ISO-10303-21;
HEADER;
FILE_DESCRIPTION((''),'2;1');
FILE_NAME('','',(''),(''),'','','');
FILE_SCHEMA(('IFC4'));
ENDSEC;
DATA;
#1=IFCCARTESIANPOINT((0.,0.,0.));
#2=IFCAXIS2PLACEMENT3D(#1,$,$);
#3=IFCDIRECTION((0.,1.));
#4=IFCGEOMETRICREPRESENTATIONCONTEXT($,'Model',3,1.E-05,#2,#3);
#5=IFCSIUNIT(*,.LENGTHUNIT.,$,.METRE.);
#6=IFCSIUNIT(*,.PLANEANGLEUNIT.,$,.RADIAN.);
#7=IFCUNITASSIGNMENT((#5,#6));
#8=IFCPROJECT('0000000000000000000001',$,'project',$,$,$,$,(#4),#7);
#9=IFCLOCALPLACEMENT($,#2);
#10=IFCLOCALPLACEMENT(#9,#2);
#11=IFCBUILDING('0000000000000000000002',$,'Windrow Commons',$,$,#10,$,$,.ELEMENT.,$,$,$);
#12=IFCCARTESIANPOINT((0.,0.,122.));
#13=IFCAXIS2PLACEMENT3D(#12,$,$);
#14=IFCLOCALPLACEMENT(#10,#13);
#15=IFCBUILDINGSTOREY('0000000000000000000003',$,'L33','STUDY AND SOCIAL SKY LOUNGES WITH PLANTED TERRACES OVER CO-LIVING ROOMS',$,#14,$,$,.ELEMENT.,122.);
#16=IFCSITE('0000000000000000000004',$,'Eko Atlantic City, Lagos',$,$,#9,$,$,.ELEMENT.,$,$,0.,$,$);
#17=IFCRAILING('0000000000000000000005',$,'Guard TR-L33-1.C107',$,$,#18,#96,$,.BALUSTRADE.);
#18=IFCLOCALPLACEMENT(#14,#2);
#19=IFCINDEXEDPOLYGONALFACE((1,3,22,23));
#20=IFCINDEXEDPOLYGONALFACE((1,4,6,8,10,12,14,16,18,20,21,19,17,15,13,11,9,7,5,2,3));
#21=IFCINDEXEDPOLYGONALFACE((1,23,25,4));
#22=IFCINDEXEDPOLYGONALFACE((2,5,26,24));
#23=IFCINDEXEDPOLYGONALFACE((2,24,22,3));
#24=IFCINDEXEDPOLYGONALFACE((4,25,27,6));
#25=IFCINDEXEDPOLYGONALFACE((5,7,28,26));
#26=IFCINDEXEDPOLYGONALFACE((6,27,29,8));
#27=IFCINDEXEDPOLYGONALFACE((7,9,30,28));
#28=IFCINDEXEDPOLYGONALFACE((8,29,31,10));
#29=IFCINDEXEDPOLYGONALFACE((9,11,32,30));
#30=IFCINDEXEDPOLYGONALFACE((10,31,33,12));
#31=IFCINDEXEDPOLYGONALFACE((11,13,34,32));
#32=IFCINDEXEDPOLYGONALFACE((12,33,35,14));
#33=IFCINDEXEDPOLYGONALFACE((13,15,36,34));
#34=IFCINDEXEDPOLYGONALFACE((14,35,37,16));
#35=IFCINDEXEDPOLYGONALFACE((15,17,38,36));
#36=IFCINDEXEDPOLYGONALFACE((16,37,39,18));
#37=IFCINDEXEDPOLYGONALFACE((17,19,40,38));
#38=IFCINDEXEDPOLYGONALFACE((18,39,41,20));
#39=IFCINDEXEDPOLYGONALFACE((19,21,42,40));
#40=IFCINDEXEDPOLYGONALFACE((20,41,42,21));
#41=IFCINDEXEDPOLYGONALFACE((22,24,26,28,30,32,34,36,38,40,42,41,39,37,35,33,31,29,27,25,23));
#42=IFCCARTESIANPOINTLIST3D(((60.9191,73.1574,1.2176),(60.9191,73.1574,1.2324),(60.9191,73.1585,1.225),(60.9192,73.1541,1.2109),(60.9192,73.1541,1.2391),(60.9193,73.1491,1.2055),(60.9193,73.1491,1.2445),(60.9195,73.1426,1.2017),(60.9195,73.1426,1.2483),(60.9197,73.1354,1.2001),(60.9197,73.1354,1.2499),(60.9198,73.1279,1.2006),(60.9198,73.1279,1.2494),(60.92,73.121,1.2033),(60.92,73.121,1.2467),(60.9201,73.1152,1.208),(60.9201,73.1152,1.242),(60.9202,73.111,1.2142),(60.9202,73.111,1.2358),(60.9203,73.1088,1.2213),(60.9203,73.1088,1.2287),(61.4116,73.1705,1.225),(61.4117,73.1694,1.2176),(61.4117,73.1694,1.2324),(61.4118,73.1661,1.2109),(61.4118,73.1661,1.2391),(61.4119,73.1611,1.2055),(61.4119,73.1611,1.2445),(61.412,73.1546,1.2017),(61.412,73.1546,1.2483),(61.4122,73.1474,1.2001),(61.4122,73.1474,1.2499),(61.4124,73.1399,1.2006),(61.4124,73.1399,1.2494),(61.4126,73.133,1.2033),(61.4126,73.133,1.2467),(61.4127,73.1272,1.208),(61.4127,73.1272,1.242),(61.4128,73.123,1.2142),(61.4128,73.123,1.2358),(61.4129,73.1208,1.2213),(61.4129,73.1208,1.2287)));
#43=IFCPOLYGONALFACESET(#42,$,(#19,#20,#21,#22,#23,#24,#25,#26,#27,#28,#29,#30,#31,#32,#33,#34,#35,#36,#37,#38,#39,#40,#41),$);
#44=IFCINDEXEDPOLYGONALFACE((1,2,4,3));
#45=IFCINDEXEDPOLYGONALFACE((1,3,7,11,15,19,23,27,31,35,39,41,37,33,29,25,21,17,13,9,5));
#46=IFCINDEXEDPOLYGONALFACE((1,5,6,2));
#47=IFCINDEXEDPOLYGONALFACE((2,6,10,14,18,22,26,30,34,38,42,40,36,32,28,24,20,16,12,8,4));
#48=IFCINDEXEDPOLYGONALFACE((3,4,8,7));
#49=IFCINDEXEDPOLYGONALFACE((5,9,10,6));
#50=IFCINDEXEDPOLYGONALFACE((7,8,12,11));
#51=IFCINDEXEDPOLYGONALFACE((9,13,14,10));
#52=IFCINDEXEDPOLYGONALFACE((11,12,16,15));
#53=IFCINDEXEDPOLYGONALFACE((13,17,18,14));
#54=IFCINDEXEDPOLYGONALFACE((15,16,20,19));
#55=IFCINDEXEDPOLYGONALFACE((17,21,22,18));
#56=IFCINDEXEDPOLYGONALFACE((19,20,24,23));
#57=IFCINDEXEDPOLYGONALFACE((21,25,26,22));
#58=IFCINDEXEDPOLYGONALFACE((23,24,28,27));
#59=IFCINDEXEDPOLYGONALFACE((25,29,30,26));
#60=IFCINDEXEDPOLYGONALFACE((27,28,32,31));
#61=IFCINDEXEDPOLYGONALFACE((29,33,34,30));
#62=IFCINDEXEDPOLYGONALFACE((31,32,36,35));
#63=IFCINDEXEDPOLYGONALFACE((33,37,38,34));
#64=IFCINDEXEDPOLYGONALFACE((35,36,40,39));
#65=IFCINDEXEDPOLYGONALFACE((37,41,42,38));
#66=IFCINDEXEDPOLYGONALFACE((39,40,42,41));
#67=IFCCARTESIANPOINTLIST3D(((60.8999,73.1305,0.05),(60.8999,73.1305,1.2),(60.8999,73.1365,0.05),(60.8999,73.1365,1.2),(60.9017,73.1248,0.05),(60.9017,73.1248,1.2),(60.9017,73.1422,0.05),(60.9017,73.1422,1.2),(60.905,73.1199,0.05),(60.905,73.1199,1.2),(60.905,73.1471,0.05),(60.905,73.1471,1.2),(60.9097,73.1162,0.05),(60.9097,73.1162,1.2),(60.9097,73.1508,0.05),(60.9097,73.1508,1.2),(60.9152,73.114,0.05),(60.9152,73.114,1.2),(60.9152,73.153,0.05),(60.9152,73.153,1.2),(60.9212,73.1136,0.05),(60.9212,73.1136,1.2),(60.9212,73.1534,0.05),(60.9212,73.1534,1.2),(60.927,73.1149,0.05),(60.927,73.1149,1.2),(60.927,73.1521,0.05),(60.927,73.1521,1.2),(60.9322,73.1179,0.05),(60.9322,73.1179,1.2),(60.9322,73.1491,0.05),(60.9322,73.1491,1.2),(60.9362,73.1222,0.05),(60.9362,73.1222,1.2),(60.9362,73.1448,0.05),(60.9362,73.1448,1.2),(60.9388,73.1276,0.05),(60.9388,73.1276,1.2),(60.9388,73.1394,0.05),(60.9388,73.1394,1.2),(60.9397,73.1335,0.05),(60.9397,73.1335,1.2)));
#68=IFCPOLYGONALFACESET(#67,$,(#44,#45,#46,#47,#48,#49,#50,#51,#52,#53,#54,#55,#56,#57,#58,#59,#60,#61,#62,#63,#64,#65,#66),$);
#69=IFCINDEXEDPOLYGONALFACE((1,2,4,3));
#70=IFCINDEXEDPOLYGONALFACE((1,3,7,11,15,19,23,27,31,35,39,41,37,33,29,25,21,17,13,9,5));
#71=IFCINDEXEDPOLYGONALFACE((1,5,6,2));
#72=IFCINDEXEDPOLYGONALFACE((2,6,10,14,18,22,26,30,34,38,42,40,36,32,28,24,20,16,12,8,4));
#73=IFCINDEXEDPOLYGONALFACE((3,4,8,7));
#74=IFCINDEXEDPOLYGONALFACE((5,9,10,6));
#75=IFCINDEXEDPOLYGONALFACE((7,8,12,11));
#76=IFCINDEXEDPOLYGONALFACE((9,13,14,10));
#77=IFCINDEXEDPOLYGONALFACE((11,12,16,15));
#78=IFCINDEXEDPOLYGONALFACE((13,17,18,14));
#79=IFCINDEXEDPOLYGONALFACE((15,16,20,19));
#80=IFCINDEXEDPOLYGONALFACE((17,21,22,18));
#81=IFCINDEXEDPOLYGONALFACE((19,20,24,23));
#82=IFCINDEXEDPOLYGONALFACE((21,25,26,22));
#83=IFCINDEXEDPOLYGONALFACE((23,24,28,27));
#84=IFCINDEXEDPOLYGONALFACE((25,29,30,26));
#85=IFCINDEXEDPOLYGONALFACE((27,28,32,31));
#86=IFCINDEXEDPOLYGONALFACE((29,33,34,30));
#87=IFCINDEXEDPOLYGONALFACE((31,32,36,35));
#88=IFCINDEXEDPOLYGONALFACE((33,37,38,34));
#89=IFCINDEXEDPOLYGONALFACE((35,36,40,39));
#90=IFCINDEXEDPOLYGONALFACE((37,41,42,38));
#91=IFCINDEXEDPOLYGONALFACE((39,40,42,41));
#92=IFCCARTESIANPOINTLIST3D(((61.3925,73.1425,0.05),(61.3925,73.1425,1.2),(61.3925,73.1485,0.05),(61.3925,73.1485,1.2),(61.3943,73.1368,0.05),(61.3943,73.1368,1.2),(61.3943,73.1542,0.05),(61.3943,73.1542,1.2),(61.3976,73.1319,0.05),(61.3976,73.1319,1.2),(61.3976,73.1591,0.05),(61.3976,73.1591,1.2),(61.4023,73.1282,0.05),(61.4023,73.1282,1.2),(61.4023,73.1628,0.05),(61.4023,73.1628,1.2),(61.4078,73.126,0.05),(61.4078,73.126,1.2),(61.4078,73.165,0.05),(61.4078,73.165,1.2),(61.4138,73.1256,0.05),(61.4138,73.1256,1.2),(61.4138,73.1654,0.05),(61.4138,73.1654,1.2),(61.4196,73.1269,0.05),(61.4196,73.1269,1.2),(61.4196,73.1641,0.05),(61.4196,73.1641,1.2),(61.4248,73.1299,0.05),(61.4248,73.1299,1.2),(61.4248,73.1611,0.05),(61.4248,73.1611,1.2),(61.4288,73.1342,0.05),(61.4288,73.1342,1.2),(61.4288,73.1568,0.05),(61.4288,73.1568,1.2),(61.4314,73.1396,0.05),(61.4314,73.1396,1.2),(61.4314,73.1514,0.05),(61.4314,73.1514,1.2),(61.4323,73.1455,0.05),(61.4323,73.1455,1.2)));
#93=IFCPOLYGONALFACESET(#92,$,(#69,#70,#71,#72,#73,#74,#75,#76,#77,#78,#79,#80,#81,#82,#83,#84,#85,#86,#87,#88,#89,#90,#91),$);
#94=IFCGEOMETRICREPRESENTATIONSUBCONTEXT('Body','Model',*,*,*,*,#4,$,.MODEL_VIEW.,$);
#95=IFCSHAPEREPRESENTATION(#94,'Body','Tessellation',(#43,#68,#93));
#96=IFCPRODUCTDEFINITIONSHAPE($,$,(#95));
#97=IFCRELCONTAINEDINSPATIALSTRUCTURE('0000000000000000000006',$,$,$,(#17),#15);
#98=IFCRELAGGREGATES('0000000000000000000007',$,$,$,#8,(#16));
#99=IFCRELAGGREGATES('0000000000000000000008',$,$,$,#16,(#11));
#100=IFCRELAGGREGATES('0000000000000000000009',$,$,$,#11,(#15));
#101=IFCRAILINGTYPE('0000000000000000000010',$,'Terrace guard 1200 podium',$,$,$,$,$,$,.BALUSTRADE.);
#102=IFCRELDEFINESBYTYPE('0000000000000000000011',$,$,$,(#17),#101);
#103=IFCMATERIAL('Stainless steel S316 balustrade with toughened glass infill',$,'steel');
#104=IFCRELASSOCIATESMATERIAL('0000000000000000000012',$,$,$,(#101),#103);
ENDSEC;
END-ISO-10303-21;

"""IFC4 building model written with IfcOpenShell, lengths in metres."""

from ifc_helpers import new_model, si_unit, direction, frame, origin, origin_2d, place, context, subcontext, project, spatial, circle, extrude, material, type_object, element, save


model = new_model("IFC4")

# Units and contexts
model_context = context("Model", 3, precision=1e-05, world=origin(), true_north=direction((0.0, 1.0)))
body_context = subcontext(model_context, "Body", "Model", "MODEL_VIEW")
ifc_project = project(units=[si_unit("LENGTHUNIT", "METRE"), si_unit("PLANEANGLEUNIT", "RADIAN")], contexts=[model_context])

# Site, building, storey
site_placement = place(None, origin())
site = spatial("IfcSite", under=ifc_project, at=site_placement, Name="Eko Atlantic City, Lagos", CompositionType="ELEMENT", RefElevation=0.0)
building_placement = place(site_placement, origin())
building = spatial("IfcBuilding", under=site, at=building_placement, Name="Windrow Commons", CompositionType="ELEMENT")
storey_placement = place(building_placement, frame((0.0, 0.0, 122.0)))
storey = spatial("IfcBuildingStorey", under=building, at=storey_placement, Name="L33", Description="STUDY AND SOCIAL SKY LOUNGES WITH PLANTED TERRACES OVER CO-LIVING ROOMS", CompositionType="ELEMENT", Elevation=122.0)

# Railing
ifc_material_1 = material(Name="Stainless steel S316 balustrade with toughened glass infill", Category="steel")
railing_type_1 = type_object("IfcRailingType", Name="Terrace guard 1200 podium", PredefinedType="BALUSTRADE", material=ifc_material_1)
railing_1_placement = place(storey_placement, frame((60.9197, 73.1335, 0.05)))
element("IfcRailing", 1, at=railing_1_placement, inside=storey, type_object=railing_type_1, Name="Guard TR-L33-1.C107", PredefinedType="BALUSTRADE", context=body_context, shape_type="SweptSolid", body=[
    extrude(circle(Radius=0.025, at=origin_2d()), frame((0.0, 0.0, 1.175), z_axis=(0.999703, 0.024353, 0.0), x_axis=(-0.024353, 0.999703, 0.0)), (0.0, 0.0, 1.0), 0.4927),
    extrude(circle(Radius=0.02, at=origin_2d()), origin(), (0.0, 0.0, 1.0), 1.15),
    extrude(circle(Radius=0.02, at=origin_2d()), frame((0.4926, 0.012, 0.0)), (0.0, 0.0, 1.0), 1.15),
])

save(model, "model.ifc")
